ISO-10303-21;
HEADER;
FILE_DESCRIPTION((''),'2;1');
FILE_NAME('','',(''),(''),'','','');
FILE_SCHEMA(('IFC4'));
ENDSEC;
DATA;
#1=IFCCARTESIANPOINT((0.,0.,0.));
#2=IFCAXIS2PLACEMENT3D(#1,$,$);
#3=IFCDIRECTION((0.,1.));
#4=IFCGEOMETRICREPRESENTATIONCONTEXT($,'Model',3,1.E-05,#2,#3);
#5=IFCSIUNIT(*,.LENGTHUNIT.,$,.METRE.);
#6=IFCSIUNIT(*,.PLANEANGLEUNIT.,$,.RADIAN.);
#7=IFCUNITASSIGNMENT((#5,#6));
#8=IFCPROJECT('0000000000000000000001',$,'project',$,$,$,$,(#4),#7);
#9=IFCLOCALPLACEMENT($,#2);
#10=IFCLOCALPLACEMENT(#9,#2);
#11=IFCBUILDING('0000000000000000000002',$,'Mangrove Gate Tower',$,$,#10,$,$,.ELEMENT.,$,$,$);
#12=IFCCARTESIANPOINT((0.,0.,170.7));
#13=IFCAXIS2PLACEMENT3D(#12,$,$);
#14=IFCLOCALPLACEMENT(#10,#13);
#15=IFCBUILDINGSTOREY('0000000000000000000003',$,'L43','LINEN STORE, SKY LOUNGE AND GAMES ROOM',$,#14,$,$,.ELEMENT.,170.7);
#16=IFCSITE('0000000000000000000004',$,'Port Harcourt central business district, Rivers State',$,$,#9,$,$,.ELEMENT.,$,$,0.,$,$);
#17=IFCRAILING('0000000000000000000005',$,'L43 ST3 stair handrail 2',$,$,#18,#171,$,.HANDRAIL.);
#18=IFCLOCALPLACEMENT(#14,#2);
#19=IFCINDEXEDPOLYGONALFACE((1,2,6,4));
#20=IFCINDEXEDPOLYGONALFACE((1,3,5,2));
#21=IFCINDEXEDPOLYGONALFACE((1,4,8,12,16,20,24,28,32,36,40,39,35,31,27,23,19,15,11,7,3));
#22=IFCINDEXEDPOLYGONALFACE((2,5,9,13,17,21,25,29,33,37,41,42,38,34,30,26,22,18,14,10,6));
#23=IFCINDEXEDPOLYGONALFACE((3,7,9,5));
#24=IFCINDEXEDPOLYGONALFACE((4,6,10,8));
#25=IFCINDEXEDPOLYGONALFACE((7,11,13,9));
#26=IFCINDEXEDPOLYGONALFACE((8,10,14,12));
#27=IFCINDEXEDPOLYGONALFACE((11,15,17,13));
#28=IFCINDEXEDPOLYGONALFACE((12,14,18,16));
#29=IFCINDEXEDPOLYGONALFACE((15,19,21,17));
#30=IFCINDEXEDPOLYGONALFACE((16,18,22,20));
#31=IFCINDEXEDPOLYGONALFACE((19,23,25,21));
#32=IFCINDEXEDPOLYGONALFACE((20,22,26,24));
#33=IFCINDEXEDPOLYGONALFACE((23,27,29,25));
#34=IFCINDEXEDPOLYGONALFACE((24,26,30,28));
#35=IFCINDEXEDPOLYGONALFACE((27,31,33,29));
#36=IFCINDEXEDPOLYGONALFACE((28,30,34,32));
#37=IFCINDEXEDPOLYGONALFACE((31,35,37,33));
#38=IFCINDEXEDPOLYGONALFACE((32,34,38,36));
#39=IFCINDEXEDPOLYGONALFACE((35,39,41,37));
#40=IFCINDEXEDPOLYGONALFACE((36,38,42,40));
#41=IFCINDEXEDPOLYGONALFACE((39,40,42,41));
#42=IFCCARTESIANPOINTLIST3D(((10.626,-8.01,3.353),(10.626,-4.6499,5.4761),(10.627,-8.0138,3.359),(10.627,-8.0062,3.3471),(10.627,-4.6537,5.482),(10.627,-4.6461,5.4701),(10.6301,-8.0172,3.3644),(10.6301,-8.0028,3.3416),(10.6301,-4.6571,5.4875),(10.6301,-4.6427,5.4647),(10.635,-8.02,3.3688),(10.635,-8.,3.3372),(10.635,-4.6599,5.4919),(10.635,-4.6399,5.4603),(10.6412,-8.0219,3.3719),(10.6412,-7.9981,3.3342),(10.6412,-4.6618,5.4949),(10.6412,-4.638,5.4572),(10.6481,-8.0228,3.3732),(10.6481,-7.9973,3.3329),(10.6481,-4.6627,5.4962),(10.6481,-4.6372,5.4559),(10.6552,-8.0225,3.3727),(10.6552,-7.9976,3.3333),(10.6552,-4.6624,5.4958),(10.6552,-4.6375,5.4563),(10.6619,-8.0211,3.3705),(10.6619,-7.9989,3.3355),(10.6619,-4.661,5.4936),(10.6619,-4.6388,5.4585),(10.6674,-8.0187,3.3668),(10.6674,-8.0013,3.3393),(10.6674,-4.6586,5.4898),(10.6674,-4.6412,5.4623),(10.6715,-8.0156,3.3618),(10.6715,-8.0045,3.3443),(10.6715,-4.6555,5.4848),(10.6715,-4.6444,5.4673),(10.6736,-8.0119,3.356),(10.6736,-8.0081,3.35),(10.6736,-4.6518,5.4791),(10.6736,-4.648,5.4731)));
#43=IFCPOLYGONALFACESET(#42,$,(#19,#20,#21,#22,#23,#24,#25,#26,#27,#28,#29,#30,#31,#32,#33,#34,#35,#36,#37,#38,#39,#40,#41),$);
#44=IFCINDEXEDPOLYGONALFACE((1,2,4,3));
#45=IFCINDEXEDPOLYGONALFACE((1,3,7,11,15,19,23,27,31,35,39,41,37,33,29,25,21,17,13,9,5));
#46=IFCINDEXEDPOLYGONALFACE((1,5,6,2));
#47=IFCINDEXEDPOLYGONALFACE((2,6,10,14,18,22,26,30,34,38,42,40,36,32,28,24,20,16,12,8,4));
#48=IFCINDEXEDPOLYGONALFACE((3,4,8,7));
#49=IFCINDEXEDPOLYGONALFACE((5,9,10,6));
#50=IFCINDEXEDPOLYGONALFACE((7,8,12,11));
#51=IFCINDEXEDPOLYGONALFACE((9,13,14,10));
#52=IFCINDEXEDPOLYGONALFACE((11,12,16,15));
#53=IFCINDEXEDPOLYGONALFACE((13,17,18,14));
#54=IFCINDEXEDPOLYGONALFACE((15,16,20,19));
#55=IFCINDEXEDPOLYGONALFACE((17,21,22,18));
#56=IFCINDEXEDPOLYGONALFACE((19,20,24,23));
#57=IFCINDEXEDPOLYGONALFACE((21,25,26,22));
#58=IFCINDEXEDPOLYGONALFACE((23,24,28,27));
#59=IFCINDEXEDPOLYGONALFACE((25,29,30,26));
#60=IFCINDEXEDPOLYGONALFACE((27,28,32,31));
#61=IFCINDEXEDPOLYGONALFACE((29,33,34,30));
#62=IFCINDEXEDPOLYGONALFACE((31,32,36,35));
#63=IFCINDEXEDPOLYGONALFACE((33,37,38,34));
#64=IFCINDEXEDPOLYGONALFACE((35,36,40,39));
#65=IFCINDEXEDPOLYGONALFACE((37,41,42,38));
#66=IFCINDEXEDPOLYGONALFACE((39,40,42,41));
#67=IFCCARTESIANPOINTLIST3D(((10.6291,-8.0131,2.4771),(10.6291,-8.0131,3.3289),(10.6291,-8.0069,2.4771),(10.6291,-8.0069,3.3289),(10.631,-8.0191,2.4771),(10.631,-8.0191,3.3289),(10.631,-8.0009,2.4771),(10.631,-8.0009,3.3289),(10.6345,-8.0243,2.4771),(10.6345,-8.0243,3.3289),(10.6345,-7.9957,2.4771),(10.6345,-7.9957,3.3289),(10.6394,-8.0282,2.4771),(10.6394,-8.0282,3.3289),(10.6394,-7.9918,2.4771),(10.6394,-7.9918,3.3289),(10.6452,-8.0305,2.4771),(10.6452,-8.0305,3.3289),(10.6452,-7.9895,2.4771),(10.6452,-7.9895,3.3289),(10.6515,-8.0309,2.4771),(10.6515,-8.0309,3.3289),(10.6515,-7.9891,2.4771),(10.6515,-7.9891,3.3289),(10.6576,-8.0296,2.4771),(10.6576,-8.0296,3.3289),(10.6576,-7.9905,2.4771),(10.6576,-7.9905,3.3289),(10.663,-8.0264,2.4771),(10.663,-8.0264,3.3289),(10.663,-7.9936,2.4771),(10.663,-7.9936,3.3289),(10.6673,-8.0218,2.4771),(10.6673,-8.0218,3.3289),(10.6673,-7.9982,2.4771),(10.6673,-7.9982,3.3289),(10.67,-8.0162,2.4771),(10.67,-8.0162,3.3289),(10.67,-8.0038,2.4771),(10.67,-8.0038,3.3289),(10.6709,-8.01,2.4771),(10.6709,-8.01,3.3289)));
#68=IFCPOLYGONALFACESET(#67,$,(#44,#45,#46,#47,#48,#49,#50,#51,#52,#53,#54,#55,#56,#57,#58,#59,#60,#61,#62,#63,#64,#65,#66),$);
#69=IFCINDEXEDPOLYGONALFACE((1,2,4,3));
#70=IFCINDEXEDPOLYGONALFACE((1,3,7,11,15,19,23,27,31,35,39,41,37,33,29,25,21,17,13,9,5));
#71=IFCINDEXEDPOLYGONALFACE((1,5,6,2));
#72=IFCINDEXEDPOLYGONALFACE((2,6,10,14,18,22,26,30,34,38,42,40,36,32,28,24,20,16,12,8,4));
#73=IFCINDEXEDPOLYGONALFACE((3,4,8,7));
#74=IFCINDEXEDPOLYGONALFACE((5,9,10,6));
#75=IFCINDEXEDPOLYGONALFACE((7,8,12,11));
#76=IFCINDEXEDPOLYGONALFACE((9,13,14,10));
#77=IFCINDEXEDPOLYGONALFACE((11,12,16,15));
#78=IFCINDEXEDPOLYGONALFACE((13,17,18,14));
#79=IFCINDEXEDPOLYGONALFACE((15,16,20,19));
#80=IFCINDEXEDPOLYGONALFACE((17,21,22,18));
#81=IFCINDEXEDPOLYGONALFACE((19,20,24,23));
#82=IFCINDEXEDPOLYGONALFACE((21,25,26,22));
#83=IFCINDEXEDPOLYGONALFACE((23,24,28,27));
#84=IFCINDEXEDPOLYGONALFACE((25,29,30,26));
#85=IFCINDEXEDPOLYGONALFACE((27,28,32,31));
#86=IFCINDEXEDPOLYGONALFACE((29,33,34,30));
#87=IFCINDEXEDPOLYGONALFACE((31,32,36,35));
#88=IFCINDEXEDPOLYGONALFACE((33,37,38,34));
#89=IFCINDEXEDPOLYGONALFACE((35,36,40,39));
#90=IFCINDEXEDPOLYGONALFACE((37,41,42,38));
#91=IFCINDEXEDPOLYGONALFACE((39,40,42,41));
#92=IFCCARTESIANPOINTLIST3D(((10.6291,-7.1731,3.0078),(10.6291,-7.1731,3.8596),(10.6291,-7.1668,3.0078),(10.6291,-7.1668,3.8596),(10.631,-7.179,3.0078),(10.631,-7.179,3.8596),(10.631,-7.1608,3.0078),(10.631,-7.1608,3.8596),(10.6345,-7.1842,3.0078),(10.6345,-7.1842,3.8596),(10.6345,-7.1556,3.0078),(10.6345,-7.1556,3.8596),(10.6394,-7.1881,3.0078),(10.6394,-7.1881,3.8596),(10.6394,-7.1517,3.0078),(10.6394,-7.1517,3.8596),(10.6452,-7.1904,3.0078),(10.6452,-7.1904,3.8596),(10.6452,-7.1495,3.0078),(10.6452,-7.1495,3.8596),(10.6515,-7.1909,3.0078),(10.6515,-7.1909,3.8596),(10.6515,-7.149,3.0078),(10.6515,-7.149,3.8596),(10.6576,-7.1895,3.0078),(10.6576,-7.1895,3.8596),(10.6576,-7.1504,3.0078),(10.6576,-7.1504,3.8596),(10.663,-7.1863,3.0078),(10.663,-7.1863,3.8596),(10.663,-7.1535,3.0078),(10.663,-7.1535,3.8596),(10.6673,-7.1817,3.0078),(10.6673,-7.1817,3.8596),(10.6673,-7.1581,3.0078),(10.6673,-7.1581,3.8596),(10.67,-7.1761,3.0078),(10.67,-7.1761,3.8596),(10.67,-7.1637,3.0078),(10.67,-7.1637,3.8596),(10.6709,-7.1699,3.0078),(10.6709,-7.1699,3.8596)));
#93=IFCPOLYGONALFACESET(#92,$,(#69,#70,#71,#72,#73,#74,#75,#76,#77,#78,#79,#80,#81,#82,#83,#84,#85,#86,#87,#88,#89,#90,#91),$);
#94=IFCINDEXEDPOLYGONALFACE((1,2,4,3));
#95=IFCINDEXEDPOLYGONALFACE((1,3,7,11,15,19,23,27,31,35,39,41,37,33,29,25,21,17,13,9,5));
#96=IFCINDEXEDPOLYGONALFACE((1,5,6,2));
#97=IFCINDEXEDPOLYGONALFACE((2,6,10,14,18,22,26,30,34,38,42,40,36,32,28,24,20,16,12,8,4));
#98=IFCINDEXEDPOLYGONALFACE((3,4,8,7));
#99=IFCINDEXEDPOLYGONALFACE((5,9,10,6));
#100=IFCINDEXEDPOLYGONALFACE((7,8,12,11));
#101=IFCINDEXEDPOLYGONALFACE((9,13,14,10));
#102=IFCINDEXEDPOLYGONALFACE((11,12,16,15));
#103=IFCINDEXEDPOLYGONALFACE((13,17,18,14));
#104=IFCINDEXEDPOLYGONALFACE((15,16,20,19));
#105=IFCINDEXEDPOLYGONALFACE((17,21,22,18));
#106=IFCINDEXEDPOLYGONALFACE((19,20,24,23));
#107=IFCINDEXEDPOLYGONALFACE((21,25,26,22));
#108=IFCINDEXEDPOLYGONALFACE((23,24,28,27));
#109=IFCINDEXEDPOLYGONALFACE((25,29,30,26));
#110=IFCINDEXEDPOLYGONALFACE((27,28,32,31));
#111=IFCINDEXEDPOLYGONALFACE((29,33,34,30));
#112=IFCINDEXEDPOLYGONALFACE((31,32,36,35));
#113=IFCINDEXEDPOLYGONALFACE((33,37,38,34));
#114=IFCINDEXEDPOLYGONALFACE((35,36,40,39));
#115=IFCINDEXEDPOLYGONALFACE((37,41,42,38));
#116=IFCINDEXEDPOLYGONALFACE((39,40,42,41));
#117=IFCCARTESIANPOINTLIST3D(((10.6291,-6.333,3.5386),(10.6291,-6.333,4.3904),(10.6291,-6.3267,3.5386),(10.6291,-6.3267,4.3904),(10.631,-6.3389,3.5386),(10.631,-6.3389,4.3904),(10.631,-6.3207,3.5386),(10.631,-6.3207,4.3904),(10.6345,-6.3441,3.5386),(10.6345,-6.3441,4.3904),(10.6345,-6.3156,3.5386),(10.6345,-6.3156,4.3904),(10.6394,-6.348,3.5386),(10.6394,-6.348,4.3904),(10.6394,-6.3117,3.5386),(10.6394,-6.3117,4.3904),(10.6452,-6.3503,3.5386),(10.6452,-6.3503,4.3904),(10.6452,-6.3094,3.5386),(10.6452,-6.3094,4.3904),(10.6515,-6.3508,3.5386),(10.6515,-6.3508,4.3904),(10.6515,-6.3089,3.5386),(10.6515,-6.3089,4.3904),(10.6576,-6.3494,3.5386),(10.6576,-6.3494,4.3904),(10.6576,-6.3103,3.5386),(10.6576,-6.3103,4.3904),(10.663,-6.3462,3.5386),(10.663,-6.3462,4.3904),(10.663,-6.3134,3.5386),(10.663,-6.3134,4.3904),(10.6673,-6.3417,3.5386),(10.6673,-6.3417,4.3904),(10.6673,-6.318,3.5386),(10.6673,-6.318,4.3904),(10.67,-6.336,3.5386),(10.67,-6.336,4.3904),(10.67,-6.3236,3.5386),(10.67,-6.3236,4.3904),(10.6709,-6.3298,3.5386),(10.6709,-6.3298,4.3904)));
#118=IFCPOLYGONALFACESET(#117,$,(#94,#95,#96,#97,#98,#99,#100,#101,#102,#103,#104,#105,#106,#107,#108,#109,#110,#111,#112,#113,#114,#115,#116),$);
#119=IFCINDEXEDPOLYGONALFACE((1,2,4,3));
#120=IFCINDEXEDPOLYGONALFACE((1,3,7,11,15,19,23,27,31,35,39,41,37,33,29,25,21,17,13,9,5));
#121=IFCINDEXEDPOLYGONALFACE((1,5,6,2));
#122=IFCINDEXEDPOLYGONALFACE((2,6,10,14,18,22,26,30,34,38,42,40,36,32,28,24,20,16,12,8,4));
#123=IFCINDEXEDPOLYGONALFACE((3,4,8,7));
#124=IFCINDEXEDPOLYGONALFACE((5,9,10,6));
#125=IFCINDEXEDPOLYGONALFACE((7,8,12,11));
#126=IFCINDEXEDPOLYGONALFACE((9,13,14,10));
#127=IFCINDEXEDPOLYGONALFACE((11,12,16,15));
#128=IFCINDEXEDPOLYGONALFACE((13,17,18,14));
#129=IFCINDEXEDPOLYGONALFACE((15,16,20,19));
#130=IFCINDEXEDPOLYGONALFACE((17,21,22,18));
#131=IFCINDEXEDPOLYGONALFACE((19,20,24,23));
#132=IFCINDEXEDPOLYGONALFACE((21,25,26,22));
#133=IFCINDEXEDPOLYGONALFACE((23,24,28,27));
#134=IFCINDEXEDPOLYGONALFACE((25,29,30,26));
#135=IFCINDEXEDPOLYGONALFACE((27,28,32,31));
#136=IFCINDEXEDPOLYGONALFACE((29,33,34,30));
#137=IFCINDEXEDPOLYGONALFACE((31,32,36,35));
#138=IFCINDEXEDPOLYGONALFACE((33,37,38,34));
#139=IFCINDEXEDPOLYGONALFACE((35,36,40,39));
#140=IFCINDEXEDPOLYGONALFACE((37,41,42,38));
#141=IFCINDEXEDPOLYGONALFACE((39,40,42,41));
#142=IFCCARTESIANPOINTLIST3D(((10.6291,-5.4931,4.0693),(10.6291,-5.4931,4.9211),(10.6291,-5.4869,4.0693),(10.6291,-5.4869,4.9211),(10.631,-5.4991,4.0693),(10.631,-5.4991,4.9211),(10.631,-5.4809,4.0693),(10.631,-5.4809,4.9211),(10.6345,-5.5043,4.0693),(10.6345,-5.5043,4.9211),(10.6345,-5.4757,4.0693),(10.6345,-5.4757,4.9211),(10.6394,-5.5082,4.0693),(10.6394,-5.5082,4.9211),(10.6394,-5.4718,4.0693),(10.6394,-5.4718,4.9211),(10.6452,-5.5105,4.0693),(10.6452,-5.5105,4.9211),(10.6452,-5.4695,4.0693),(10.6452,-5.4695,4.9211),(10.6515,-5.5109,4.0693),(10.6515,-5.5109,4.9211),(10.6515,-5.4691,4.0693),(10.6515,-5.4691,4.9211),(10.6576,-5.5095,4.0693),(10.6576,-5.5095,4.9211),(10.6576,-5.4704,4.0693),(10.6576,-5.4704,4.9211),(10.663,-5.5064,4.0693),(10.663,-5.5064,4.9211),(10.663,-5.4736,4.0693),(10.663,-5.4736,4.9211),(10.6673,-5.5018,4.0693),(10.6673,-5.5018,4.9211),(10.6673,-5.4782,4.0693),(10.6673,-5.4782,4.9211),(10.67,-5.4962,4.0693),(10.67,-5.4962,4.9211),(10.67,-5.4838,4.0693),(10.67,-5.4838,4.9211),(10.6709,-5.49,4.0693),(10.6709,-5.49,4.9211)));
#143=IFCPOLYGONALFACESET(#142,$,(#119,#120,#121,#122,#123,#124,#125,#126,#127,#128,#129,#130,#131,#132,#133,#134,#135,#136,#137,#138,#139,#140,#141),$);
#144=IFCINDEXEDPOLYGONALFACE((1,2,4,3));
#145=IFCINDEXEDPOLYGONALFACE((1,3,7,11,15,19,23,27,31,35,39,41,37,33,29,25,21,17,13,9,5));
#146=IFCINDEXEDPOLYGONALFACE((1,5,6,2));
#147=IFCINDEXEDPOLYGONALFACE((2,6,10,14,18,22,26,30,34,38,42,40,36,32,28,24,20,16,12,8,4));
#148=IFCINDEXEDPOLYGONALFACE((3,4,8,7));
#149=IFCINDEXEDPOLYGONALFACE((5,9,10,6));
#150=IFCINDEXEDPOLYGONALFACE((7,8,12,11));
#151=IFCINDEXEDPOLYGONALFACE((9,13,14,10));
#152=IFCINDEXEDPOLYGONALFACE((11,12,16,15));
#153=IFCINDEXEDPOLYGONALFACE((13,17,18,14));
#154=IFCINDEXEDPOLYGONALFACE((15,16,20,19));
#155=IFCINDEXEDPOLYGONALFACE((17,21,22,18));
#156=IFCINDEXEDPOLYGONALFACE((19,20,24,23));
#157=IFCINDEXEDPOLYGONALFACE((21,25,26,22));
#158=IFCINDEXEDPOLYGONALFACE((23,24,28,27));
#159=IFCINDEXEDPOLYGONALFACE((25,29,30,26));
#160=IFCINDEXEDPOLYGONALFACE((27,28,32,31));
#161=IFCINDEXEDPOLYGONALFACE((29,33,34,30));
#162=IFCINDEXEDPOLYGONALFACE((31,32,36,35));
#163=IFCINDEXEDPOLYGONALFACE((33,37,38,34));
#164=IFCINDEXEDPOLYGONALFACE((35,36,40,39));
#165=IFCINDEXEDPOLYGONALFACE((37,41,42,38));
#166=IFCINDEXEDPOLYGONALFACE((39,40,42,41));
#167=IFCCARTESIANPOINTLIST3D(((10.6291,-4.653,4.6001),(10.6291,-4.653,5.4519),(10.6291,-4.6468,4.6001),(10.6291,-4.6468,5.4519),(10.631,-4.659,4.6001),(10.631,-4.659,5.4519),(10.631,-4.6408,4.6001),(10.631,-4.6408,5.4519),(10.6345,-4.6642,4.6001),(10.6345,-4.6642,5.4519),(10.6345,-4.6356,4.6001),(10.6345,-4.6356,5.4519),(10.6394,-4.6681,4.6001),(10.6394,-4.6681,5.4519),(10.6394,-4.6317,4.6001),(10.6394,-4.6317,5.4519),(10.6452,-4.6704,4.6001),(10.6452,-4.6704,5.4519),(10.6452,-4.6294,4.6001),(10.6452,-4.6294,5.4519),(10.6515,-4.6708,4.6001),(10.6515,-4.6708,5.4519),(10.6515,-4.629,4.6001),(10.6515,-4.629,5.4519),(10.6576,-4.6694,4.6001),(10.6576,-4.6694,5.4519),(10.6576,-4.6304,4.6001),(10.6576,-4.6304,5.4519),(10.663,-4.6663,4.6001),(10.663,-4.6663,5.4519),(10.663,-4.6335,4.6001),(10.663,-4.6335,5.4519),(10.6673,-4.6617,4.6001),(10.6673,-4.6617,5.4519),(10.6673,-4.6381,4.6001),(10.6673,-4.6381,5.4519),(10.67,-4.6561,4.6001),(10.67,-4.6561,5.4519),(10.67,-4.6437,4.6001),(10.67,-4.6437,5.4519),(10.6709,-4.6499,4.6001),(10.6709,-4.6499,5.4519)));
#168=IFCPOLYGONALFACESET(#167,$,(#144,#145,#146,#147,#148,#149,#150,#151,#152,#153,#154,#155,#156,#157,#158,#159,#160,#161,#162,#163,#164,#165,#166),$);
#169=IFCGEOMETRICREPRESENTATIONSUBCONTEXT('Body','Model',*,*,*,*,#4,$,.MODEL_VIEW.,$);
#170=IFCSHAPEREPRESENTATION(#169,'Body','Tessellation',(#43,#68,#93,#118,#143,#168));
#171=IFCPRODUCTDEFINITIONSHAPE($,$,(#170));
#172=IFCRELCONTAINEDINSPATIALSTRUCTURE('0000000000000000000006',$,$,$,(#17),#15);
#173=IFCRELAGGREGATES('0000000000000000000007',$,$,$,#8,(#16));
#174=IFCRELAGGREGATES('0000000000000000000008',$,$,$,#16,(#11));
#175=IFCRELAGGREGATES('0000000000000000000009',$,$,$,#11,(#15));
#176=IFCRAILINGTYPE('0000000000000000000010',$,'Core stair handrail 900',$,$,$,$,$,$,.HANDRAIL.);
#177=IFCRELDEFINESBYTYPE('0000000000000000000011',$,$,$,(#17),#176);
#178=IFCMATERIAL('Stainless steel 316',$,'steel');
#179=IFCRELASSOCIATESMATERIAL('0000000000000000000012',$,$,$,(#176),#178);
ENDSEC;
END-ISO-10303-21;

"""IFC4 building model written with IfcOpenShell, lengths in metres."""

from ifc_helpers import new_model, si_unit, direction, frame, origin, origin_2d, place, context, subcontext, project, spatial, circle, extrude, material, type_object, element, save


model = new_model("IFC4")

# Units and contexts
model_context = context("Model", 3, precision=1e-05, world=origin(), true_north=direction((0.0, 1.0)))
body_context = subcontext(model_context, "Body", "Model", "MODEL_VIEW")
ifc_project = project(units=[si_unit("LENGTHUNIT", "METRE"), si_unit("PLANEANGLEUNIT", "RADIAN")], contexts=[model_context])

# Site, building, storey
site_placement = place(None, origin())
site = spatial("IfcSite", under=ifc_project, at=site_placement, Name="Port Harcourt central business district, Rivers State", CompositionType="ELEMENT", RefElevation=0.0)
building_placement = place(site_placement, origin())
building = spatial("IfcBuilding", under=site, at=building_placement, Name="Mangrove Gate Tower", CompositionType="ELEMENT")
storey_placement = place(building_placement, frame((0.0, 0.0, 170.7)))
storey = spatial("IfcBuildingStorey", under=building, at=storey_placement, Name="L43", Description="LINEN STORE, SKY LOUNGE AND GAMES ROOM", CompositionType="ELEMENT", Elevation=170.7)

# Railing
ifc_material_1 = material(Name="Stainless steel 316", Category="steel")
railing_type_1 = type_object("IfcRailingType", Name="Core stair handrail 900", PredefinedType="HANDRAIL", material=ifc_material_1)
railing_1_placement = place(storey_placement, frame((10.6499, -8.01, 2.4771)))
element("IfcRailing", 1, at=railing_1_placement, inside=storey, type_object=railing_type_1, Name="L43 ST3 stair handrail 2", PredefinedType="HANDRAIL", context=body_context, shape_type="SweptSolid", body=[
    extrude(circle(Radius=0.0239, at=origin_2d()), frame((0.0, 0.0, 0.876), z_axis=(0.0, 0.84539, 0.53415), x_axis=(-1.0, 0.0, 0.0)), (0.0, 0.0, 1.0), 3.9746),
    extrude(circle(Radius=0.021, at=origin_2d()), origin(), (0.0, 0.0, 1.0), 0.8518),
    extrude(circle(Radius=0.021, at=origin_2d()), frame((0.0, 0.8401, 0.5308)), (0.0, 0.0, 1.0), 0.8518),
    extrude(circle(Radius=0.021, at=origin_2d()), frame((0.0, 1.6802, 1.0615)), (0.0, 0.0, 1.0), 0.8518),
    extrude(circle(Radius=0.021, at=origin_2d()), frame((0.0, 2.52, 1.5923)), (0.0, 0.0, 1.0), 0.8518),
    extrude(circle(Radius=0.021, at=origin_2d()), frame((0.0, 3.3601, 2.123)), (0.0, 0.0, 1.0), 0.8518),
])

save(model, "model.ifc")
